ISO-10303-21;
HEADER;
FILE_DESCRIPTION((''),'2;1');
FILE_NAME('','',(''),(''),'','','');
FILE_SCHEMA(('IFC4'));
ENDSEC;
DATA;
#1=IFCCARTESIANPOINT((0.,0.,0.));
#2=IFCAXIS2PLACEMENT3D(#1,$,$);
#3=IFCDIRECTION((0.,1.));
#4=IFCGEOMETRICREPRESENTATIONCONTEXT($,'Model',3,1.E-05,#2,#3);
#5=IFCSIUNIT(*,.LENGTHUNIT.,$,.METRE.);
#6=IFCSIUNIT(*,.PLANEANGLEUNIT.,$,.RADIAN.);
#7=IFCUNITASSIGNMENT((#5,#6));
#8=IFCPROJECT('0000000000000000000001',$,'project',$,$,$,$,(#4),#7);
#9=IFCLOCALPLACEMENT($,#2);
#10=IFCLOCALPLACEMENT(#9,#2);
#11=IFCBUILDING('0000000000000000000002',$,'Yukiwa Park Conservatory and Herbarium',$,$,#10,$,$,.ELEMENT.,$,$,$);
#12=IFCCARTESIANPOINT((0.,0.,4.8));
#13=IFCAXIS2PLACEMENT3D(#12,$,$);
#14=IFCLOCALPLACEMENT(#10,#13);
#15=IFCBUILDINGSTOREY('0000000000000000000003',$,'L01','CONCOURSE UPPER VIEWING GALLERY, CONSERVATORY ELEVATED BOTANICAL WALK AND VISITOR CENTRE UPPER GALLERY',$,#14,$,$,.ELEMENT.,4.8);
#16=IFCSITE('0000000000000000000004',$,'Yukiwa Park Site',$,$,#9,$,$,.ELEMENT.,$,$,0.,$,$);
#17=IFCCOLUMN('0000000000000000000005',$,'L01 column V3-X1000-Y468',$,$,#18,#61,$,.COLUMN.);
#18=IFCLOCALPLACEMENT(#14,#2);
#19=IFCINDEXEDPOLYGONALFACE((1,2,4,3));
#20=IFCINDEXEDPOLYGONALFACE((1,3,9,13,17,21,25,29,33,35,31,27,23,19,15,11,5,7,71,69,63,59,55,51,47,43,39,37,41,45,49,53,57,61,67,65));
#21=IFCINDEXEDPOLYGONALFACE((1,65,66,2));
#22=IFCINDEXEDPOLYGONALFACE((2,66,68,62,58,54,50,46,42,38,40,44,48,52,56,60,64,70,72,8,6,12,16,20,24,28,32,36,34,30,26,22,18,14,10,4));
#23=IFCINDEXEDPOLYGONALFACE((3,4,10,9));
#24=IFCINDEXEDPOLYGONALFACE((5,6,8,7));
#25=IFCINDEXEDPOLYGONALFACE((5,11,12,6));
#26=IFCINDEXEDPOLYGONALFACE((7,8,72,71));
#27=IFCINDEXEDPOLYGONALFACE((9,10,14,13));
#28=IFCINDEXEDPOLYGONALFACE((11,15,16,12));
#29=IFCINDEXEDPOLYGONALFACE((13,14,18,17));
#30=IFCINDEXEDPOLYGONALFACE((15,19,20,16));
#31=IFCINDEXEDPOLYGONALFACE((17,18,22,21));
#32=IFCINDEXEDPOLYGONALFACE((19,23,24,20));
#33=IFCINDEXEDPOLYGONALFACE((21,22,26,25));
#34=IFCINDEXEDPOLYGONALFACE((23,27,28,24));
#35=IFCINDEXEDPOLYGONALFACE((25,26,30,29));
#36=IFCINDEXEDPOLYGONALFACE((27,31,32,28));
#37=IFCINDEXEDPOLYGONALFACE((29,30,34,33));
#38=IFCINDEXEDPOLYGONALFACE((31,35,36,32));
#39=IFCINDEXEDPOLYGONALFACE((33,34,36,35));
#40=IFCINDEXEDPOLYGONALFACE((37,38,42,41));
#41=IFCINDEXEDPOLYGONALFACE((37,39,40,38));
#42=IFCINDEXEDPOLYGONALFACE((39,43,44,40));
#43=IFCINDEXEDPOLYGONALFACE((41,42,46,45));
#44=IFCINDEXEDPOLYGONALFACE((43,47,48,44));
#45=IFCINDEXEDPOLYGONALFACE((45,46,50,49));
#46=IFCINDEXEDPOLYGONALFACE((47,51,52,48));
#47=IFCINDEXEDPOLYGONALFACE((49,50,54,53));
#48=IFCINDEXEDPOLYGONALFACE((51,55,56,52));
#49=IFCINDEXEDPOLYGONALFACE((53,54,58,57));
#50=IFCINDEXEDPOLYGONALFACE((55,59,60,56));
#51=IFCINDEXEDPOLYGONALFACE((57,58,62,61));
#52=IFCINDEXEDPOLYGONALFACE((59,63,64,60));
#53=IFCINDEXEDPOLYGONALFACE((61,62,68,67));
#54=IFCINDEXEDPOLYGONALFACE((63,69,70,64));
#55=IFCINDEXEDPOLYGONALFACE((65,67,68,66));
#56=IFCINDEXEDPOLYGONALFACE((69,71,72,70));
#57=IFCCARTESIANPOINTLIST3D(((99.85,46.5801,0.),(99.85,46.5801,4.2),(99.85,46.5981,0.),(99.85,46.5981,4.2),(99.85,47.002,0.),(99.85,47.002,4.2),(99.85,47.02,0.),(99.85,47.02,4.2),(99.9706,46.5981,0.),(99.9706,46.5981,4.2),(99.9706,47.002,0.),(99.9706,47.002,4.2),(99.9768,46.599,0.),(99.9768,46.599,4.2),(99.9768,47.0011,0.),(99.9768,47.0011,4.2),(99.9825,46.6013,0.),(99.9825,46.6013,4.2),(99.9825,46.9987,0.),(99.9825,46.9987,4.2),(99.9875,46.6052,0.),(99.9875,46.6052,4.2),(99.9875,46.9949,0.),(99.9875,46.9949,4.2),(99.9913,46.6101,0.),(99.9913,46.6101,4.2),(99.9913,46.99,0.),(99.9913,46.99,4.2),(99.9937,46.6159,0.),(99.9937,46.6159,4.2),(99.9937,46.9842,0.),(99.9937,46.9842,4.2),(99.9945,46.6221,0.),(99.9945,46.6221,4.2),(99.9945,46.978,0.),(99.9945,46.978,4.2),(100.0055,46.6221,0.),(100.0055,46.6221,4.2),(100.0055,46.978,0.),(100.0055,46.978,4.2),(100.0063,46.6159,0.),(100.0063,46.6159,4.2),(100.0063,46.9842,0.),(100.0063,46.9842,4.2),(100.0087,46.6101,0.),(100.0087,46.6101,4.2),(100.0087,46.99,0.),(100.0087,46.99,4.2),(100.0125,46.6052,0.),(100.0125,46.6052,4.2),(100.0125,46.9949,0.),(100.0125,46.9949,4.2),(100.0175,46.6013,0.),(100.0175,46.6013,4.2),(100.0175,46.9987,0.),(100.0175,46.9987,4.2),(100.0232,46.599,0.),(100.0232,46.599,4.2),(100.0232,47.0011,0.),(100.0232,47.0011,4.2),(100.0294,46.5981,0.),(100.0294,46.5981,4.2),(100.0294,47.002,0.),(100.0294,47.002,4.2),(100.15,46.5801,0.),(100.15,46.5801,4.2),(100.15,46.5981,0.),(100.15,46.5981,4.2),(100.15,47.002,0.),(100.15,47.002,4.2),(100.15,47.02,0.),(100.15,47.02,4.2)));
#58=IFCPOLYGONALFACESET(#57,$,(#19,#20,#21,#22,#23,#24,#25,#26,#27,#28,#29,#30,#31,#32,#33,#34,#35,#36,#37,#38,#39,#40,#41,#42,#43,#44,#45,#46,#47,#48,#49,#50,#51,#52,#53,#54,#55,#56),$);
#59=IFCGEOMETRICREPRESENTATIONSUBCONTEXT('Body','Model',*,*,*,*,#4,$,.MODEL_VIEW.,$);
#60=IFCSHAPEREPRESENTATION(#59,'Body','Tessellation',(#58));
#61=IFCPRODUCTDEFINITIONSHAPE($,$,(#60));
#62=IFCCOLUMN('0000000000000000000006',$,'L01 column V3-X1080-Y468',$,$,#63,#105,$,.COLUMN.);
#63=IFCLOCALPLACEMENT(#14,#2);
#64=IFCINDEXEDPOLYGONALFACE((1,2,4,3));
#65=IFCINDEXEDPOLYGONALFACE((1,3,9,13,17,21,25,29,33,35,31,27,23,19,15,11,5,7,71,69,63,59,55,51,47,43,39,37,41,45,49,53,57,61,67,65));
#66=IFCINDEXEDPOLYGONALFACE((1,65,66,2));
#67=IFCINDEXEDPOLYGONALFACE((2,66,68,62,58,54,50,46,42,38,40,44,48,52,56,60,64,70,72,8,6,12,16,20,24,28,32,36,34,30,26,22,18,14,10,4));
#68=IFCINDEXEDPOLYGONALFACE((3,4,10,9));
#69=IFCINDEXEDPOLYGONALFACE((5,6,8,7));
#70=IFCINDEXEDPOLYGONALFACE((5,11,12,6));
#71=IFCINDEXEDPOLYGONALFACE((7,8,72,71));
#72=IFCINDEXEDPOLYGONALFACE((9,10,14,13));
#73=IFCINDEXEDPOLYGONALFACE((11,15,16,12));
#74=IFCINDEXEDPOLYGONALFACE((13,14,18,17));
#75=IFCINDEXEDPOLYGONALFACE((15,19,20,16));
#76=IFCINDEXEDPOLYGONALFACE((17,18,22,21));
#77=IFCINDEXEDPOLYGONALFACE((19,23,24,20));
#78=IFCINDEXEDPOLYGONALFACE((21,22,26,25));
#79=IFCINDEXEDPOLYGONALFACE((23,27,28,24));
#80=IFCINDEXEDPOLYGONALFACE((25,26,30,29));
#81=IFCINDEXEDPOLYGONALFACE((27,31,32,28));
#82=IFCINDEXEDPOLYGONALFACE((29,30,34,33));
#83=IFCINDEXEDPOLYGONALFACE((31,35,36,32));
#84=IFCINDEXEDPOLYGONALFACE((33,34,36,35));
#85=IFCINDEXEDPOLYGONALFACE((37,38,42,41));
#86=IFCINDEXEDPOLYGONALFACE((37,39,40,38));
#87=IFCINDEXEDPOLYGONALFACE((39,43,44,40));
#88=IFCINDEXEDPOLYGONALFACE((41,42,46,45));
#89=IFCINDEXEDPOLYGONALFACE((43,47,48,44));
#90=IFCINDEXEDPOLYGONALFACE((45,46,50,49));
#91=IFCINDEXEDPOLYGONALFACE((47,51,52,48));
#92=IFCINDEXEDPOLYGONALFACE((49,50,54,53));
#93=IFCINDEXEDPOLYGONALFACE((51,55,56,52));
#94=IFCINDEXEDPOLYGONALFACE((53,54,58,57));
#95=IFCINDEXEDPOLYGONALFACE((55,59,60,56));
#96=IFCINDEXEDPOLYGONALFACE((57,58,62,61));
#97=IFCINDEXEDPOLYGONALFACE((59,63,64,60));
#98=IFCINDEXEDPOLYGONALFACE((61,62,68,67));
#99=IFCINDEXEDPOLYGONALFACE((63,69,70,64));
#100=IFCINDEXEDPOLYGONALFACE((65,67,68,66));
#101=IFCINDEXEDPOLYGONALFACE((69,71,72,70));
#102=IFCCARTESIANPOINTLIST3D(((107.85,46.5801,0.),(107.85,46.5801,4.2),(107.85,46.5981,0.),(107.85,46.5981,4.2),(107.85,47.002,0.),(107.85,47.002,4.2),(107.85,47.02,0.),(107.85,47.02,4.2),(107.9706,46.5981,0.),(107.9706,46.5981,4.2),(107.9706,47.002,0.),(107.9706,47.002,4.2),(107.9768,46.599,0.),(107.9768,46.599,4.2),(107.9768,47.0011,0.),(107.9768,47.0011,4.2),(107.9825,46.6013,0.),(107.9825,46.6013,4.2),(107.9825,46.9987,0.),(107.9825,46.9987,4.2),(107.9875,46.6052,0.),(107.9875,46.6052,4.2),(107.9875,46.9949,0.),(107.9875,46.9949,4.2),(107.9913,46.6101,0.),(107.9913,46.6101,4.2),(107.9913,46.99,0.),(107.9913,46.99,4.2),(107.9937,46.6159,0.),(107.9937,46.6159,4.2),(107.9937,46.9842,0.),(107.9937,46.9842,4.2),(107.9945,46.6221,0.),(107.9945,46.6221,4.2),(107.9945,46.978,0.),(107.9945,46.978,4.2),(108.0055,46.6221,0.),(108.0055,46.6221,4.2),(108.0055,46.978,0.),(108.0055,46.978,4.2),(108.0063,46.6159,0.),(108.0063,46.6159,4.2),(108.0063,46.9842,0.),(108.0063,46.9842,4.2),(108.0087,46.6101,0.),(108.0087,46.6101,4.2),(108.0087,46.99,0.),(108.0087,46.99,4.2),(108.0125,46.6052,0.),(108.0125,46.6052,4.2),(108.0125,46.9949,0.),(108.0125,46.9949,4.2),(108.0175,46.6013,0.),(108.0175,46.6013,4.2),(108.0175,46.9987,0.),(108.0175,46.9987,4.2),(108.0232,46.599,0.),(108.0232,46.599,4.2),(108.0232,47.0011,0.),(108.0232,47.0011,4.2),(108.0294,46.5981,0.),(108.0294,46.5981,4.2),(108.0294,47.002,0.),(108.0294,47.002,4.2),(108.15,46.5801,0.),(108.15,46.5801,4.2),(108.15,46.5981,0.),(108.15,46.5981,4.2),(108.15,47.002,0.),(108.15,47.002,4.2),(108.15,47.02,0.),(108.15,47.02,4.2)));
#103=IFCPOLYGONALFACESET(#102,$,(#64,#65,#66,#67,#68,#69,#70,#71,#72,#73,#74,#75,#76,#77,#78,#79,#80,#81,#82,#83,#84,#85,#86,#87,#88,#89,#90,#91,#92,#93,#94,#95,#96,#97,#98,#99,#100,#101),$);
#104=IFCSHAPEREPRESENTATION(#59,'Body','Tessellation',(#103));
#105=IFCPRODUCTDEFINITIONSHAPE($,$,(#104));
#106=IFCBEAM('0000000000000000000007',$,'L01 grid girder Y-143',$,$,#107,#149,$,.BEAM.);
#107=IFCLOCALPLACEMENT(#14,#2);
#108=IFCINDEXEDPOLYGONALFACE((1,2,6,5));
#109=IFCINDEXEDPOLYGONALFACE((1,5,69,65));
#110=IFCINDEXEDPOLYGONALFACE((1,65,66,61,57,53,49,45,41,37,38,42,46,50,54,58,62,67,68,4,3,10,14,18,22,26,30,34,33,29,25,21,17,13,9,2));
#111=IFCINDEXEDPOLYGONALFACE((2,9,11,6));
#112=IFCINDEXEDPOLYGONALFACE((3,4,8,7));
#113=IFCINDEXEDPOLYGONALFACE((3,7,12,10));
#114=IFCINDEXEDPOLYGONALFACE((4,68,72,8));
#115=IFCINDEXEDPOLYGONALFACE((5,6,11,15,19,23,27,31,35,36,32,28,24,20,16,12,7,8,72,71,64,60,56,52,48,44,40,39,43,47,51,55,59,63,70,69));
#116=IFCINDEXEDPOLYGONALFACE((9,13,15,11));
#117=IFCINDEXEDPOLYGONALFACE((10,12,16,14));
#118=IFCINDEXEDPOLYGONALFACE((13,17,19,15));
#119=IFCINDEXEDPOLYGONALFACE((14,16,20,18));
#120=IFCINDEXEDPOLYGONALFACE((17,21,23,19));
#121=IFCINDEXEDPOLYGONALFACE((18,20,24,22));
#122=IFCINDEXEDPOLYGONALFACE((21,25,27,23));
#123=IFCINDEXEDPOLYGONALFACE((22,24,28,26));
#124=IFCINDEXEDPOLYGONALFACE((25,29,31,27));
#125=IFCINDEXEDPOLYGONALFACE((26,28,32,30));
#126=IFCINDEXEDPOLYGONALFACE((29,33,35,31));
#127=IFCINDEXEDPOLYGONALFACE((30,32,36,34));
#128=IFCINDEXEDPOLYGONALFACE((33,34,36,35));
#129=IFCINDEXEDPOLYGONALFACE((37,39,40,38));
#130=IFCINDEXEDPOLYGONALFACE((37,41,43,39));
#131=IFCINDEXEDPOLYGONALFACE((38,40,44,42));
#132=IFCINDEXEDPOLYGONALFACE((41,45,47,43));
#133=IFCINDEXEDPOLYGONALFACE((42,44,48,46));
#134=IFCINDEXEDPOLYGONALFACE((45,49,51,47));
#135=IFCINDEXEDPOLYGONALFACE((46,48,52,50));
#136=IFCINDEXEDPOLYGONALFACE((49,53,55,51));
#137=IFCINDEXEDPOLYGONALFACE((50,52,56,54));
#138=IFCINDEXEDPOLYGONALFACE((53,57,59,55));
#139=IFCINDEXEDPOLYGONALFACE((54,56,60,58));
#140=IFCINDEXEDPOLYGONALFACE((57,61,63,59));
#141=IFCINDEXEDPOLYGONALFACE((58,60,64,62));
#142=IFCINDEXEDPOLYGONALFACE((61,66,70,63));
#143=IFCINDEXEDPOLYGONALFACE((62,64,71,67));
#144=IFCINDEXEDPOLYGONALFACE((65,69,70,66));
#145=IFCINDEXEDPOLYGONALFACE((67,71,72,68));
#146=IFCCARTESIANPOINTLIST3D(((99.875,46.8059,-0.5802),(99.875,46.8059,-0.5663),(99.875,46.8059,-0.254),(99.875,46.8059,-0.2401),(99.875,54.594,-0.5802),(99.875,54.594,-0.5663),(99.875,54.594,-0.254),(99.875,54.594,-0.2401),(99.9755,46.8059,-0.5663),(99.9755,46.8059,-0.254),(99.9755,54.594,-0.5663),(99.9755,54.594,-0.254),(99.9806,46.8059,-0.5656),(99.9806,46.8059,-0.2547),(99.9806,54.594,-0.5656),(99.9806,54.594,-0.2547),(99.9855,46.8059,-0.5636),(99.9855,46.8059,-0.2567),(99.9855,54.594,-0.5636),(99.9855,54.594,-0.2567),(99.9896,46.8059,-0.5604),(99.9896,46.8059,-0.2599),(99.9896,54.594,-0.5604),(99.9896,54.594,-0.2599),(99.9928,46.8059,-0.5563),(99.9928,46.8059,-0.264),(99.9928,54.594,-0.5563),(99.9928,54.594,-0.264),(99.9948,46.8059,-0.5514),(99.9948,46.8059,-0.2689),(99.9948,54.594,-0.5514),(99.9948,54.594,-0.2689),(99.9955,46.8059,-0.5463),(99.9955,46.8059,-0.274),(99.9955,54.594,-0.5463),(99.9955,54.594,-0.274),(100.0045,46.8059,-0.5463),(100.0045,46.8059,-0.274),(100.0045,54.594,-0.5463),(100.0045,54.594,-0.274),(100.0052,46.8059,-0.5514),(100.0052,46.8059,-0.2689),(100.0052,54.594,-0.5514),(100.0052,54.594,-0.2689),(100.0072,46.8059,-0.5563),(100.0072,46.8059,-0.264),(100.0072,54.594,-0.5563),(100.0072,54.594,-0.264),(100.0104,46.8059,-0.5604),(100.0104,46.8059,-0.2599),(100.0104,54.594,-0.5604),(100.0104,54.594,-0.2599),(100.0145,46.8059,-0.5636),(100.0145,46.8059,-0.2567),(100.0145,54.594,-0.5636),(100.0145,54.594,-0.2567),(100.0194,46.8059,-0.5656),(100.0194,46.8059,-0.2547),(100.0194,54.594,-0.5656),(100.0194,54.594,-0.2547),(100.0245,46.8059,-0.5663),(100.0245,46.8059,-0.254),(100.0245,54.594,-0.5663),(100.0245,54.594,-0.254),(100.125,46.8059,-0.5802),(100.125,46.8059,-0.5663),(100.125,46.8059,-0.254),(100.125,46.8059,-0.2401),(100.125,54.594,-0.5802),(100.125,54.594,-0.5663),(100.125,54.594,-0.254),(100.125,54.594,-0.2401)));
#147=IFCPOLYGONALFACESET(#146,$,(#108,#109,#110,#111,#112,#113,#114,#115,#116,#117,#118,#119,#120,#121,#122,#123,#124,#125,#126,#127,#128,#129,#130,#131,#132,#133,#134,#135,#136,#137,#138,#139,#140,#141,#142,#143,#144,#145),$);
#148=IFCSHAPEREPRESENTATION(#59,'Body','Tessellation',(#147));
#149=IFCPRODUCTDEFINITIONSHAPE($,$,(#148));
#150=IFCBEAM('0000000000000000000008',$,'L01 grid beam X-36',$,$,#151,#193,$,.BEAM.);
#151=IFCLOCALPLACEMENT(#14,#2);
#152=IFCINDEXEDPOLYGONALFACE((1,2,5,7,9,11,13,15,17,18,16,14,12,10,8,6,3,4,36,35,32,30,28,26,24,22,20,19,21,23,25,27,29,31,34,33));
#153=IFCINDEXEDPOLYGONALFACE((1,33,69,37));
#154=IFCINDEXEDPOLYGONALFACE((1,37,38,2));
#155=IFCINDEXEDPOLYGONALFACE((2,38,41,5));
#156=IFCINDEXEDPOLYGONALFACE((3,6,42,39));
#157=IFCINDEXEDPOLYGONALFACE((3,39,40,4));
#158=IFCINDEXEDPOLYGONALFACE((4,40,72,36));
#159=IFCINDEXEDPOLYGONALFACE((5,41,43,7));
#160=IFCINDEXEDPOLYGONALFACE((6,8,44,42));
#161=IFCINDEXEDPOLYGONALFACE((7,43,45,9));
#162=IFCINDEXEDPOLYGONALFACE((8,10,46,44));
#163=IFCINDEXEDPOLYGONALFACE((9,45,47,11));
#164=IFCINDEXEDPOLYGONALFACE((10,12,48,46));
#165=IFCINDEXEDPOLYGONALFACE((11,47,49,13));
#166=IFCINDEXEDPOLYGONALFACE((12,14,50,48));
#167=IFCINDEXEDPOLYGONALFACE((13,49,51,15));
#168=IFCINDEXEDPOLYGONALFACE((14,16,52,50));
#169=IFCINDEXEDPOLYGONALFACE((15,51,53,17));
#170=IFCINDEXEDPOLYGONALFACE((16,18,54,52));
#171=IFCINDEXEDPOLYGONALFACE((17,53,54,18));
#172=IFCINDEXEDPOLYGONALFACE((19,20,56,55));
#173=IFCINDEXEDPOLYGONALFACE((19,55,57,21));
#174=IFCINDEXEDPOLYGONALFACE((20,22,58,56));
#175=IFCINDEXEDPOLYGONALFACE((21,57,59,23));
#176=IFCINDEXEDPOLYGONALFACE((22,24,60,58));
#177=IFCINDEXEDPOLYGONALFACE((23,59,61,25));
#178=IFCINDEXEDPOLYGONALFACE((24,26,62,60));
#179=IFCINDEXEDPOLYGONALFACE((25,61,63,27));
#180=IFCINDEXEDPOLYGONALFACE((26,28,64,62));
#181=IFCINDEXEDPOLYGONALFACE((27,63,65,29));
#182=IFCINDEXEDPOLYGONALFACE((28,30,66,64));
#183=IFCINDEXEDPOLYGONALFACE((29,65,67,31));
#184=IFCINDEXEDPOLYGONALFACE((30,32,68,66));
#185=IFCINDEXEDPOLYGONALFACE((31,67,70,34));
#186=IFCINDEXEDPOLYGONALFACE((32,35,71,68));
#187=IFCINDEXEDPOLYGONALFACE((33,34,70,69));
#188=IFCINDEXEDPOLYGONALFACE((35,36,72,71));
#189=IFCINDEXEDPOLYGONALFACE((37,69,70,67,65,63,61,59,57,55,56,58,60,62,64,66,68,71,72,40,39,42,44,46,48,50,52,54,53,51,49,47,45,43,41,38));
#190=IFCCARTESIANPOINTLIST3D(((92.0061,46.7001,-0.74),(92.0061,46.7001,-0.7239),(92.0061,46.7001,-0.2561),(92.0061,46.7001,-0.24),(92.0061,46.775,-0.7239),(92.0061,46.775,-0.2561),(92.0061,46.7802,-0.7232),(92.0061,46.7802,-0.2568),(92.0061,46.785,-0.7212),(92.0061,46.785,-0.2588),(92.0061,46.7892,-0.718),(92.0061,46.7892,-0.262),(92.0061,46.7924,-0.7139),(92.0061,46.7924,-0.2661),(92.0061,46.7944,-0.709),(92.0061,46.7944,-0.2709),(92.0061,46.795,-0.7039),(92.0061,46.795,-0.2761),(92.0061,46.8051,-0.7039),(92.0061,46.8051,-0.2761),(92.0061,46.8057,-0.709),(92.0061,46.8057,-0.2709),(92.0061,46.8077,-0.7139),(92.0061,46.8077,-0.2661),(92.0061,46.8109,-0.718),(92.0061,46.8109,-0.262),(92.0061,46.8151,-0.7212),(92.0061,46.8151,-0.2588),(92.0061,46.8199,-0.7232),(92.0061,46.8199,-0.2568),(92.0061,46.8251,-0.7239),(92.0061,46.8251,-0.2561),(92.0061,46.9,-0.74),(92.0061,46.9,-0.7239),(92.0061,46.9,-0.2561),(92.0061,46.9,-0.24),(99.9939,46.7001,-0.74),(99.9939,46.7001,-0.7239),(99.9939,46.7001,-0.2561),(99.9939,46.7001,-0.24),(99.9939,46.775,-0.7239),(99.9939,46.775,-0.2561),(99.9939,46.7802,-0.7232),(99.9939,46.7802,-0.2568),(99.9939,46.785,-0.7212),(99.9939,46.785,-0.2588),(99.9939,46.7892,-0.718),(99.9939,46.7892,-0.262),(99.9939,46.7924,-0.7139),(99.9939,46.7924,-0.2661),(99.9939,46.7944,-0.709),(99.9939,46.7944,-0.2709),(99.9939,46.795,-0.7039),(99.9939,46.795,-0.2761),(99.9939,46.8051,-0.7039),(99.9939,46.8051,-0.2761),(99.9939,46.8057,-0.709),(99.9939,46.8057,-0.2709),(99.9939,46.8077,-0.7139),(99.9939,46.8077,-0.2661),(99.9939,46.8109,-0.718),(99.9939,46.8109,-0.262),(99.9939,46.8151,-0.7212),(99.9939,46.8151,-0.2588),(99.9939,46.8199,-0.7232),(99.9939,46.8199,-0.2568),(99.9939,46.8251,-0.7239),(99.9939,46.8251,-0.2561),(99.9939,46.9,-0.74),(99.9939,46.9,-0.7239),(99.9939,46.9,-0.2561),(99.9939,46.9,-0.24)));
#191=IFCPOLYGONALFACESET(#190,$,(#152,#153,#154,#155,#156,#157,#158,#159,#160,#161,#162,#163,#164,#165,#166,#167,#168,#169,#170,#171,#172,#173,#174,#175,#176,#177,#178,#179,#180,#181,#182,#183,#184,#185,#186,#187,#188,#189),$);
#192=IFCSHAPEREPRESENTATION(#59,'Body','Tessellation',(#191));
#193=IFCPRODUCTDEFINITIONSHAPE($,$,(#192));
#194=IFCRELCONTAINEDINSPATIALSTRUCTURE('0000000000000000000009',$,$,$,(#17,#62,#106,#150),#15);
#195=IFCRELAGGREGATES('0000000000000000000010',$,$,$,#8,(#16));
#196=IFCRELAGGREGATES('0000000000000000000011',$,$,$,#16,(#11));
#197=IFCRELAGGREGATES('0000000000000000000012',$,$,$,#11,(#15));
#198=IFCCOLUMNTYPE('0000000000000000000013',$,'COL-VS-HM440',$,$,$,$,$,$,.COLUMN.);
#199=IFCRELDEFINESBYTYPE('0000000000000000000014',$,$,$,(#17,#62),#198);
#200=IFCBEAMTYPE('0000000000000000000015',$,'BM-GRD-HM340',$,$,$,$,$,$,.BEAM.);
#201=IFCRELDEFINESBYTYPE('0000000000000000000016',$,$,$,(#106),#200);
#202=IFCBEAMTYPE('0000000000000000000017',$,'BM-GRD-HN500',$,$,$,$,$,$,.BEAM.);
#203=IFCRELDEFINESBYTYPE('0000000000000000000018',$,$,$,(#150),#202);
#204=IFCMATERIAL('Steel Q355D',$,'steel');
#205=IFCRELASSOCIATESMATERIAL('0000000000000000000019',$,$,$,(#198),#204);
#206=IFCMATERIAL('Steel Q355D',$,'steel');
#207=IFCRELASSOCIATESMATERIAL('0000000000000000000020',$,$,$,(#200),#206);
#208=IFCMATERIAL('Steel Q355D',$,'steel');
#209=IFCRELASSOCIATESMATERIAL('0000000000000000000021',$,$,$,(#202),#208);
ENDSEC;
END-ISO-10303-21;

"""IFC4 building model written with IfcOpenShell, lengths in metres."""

from ifc_helpers import new_model, si_unit, direction, frame, origin, origin_2d, place, context, subcontext, project, spatial, i_section, extrude, material, material_profile, profile_set, type_object, element, save


model = new_model("IFC4")

# Units and contexts
model_context = context("Model", 3, precision=1e-05, world=origin(), true_north=direction((0.0, 1.0)))
body_context = subcontext(model_context, "Body", "Model", "MODEL_VIEW")
ifc_project = project(units=[si_unit("LENGTHUNIT", "METRE"), si_unit("PLANEANGLEUNIT", "RADIAN")], contexts=[model_context])

# Site, building, storey
site_placement = place(None, origin())
site = spatial("IfcSite", under=ifc_project, at=site_placement, Name="Yukiwa Park Site", CompositionType="ELEMENT", RefElevation=0.0)
building_placement = place(site_placement, origin())
building = spatial("IfcBuilding", under=site, at=building_placement, Name="Yukiwa Park Conservatory and Herbarium", CompositionType="ELEMENT")
storey_placement = place(building_placement, frame((0.0, 0.0, 4.8)))
storey = spatial("IfcBuildingStorey", under=building, at=storey_placement, Name="L01", Description="CONCOURSE UPPER VIEWING GALLERY, CONSERVATORY ELEVATED BOTANICAL WALK AND VISITOR CENTRE UPPER GALLERY", CompositionType="ELEMENT", Elevation=4.8)

# Columns
ifc_material_1 = material(Name="Steel Q355D", Category="steel")
ifc_material_profile_1 = material_profile(ifc_material_1, i_section(OverallWidth=0.3, OverallDepth=0.4399, WebThickness=0.011, FlangeThickness=0.0181, FilletRadius=0.0239, at=origin_2d()), Name="HM 440x300x11x18")
ifc_profile_set_1 = profile_set([ifc_material_profile_1], Name="Steel Q355D")
column_type = type_object("IfcColumnType", Name="COL-VS-HM440", PredefinedType="COLUMN", material=ifc_profile_set_1)
for number, where, z_axis, x_axis, name in (
    (1, (100.0, 46.8, 0.0), (0.0, 0.0, 1.0), (1.0, 0.0, 0.0), "L01 column V3-X1000-Y468"),
    (2, (108.0, 46.8, 0.0), (0.0, 0.0, 1.0), (1.0, 0.0, 0.0), "L01 column V3-X1080-Y468"),
):
    element("IfcColumn", number, at=place(storey_placement, frame(where, z_axis=z_axis, x_axis=x_axis)), inside=storey, type_object=column_type, Name=name, PredefinedType="COLUMN", context=body_context, shape_type="SweptSolid", body=[
        extrude(i_section(OverallWidth=0.3, OverallDepth=0.4399, WebThickness=0.011, FlangeThickness=0.0181, FilletRadius=0.0239, at=origin_2d()), origin(), (0.0, 0.0, 1.0), 4.2),
    ])

# Beams
ifc_material_2 = material(Name="Steel Q355D", Category="steel")
ifc_material_profile_2 = material_profile(ifc_material_2, i_section(OverallWidth=0.25, OverallDepth=0.3401, WebThickness=0.009, FlangeThickness=0.0139, FilletRadius=0.02, at=origin_2d()), Name="HM 340x250x9x14")
ifc_profile_set_2 = profile_set([ifc_material_profile_2], Name="Steel Q355D")
beam_type_1 = type_object("IfcBeamType", Name="BM-GRD-HM340", PredefinedType="BEAM", material=ifc_profile_set_2)
beam_1_placement = place(storey_placement, frame((100.0, 46.8059, -0.4102), z_axis=(0.0, 1.0, 0.0), x_axis=(-1.0, 0.0, 0.0)))
element("IfcBeam", 3, at=beam_1_placement, inside=storey, type_object=beam_type_1, Name="L01 grid girder Y-143", PredefinedType="BEAM", context=body_context, shape_type="SweptSolid", body=[
    extrude(i_section(OverallWidth=0.25, OverallDepth=0.3401, WebThickness=0.009, FlangeThickness=0.0139, FilletRadius=0.02, at=origin_2d()), origin(), (0.0, 0.0, 1.0), 7.7881),
])
ifc_material_3 = material(Name="Steel Q355D", Category="steel")
ifc_material_profile_3 = material_profile(ifc_material_3, i_section(OverallWidth=0.2, OverallDepth=0.5, WebThickness=0.01, FlangeThickness=0.0161, FilletRadius=0.02, at=origin_2d()), Name="HN 500x200x10x16")
ifc_profile_set_3 = profile_set([ifc_material_profile_3], Name="Steel Q355D")
beam_type_2 = type_object("IfcBeamType", Name="BM-GRD-HN500", PredefinedType="BEAM", material=ifc_profile_set_3)
for number, where, z_axis, x_axis, name in (
    (4, (92.0061, 46.8, -0.49), (1.0, 0.0, 0.0), (0.0, 1.0, 0.0), "L01 grid beam X-36"),
):
    element("IfcBeam", number, at=place(storey_placement, frame(where, z_axis=z_axis, x_axis=x_axis)), inside=storey, type_object=beam_type_2, Name=name, PredefinedType="BEAM", context=body_context, shape_type="SweptSolid", body=[
        extrude(i_section(OverallWidth=0.2, OverallDepth=0.5, WebThickness=0.01, FlangeThickness=0.0161, FilletRadius=0.02, at=origin_2d()), origin(), (0.0, 0.0, 1.0), 7.9878),
    ])

save(model, "model.ifc")
